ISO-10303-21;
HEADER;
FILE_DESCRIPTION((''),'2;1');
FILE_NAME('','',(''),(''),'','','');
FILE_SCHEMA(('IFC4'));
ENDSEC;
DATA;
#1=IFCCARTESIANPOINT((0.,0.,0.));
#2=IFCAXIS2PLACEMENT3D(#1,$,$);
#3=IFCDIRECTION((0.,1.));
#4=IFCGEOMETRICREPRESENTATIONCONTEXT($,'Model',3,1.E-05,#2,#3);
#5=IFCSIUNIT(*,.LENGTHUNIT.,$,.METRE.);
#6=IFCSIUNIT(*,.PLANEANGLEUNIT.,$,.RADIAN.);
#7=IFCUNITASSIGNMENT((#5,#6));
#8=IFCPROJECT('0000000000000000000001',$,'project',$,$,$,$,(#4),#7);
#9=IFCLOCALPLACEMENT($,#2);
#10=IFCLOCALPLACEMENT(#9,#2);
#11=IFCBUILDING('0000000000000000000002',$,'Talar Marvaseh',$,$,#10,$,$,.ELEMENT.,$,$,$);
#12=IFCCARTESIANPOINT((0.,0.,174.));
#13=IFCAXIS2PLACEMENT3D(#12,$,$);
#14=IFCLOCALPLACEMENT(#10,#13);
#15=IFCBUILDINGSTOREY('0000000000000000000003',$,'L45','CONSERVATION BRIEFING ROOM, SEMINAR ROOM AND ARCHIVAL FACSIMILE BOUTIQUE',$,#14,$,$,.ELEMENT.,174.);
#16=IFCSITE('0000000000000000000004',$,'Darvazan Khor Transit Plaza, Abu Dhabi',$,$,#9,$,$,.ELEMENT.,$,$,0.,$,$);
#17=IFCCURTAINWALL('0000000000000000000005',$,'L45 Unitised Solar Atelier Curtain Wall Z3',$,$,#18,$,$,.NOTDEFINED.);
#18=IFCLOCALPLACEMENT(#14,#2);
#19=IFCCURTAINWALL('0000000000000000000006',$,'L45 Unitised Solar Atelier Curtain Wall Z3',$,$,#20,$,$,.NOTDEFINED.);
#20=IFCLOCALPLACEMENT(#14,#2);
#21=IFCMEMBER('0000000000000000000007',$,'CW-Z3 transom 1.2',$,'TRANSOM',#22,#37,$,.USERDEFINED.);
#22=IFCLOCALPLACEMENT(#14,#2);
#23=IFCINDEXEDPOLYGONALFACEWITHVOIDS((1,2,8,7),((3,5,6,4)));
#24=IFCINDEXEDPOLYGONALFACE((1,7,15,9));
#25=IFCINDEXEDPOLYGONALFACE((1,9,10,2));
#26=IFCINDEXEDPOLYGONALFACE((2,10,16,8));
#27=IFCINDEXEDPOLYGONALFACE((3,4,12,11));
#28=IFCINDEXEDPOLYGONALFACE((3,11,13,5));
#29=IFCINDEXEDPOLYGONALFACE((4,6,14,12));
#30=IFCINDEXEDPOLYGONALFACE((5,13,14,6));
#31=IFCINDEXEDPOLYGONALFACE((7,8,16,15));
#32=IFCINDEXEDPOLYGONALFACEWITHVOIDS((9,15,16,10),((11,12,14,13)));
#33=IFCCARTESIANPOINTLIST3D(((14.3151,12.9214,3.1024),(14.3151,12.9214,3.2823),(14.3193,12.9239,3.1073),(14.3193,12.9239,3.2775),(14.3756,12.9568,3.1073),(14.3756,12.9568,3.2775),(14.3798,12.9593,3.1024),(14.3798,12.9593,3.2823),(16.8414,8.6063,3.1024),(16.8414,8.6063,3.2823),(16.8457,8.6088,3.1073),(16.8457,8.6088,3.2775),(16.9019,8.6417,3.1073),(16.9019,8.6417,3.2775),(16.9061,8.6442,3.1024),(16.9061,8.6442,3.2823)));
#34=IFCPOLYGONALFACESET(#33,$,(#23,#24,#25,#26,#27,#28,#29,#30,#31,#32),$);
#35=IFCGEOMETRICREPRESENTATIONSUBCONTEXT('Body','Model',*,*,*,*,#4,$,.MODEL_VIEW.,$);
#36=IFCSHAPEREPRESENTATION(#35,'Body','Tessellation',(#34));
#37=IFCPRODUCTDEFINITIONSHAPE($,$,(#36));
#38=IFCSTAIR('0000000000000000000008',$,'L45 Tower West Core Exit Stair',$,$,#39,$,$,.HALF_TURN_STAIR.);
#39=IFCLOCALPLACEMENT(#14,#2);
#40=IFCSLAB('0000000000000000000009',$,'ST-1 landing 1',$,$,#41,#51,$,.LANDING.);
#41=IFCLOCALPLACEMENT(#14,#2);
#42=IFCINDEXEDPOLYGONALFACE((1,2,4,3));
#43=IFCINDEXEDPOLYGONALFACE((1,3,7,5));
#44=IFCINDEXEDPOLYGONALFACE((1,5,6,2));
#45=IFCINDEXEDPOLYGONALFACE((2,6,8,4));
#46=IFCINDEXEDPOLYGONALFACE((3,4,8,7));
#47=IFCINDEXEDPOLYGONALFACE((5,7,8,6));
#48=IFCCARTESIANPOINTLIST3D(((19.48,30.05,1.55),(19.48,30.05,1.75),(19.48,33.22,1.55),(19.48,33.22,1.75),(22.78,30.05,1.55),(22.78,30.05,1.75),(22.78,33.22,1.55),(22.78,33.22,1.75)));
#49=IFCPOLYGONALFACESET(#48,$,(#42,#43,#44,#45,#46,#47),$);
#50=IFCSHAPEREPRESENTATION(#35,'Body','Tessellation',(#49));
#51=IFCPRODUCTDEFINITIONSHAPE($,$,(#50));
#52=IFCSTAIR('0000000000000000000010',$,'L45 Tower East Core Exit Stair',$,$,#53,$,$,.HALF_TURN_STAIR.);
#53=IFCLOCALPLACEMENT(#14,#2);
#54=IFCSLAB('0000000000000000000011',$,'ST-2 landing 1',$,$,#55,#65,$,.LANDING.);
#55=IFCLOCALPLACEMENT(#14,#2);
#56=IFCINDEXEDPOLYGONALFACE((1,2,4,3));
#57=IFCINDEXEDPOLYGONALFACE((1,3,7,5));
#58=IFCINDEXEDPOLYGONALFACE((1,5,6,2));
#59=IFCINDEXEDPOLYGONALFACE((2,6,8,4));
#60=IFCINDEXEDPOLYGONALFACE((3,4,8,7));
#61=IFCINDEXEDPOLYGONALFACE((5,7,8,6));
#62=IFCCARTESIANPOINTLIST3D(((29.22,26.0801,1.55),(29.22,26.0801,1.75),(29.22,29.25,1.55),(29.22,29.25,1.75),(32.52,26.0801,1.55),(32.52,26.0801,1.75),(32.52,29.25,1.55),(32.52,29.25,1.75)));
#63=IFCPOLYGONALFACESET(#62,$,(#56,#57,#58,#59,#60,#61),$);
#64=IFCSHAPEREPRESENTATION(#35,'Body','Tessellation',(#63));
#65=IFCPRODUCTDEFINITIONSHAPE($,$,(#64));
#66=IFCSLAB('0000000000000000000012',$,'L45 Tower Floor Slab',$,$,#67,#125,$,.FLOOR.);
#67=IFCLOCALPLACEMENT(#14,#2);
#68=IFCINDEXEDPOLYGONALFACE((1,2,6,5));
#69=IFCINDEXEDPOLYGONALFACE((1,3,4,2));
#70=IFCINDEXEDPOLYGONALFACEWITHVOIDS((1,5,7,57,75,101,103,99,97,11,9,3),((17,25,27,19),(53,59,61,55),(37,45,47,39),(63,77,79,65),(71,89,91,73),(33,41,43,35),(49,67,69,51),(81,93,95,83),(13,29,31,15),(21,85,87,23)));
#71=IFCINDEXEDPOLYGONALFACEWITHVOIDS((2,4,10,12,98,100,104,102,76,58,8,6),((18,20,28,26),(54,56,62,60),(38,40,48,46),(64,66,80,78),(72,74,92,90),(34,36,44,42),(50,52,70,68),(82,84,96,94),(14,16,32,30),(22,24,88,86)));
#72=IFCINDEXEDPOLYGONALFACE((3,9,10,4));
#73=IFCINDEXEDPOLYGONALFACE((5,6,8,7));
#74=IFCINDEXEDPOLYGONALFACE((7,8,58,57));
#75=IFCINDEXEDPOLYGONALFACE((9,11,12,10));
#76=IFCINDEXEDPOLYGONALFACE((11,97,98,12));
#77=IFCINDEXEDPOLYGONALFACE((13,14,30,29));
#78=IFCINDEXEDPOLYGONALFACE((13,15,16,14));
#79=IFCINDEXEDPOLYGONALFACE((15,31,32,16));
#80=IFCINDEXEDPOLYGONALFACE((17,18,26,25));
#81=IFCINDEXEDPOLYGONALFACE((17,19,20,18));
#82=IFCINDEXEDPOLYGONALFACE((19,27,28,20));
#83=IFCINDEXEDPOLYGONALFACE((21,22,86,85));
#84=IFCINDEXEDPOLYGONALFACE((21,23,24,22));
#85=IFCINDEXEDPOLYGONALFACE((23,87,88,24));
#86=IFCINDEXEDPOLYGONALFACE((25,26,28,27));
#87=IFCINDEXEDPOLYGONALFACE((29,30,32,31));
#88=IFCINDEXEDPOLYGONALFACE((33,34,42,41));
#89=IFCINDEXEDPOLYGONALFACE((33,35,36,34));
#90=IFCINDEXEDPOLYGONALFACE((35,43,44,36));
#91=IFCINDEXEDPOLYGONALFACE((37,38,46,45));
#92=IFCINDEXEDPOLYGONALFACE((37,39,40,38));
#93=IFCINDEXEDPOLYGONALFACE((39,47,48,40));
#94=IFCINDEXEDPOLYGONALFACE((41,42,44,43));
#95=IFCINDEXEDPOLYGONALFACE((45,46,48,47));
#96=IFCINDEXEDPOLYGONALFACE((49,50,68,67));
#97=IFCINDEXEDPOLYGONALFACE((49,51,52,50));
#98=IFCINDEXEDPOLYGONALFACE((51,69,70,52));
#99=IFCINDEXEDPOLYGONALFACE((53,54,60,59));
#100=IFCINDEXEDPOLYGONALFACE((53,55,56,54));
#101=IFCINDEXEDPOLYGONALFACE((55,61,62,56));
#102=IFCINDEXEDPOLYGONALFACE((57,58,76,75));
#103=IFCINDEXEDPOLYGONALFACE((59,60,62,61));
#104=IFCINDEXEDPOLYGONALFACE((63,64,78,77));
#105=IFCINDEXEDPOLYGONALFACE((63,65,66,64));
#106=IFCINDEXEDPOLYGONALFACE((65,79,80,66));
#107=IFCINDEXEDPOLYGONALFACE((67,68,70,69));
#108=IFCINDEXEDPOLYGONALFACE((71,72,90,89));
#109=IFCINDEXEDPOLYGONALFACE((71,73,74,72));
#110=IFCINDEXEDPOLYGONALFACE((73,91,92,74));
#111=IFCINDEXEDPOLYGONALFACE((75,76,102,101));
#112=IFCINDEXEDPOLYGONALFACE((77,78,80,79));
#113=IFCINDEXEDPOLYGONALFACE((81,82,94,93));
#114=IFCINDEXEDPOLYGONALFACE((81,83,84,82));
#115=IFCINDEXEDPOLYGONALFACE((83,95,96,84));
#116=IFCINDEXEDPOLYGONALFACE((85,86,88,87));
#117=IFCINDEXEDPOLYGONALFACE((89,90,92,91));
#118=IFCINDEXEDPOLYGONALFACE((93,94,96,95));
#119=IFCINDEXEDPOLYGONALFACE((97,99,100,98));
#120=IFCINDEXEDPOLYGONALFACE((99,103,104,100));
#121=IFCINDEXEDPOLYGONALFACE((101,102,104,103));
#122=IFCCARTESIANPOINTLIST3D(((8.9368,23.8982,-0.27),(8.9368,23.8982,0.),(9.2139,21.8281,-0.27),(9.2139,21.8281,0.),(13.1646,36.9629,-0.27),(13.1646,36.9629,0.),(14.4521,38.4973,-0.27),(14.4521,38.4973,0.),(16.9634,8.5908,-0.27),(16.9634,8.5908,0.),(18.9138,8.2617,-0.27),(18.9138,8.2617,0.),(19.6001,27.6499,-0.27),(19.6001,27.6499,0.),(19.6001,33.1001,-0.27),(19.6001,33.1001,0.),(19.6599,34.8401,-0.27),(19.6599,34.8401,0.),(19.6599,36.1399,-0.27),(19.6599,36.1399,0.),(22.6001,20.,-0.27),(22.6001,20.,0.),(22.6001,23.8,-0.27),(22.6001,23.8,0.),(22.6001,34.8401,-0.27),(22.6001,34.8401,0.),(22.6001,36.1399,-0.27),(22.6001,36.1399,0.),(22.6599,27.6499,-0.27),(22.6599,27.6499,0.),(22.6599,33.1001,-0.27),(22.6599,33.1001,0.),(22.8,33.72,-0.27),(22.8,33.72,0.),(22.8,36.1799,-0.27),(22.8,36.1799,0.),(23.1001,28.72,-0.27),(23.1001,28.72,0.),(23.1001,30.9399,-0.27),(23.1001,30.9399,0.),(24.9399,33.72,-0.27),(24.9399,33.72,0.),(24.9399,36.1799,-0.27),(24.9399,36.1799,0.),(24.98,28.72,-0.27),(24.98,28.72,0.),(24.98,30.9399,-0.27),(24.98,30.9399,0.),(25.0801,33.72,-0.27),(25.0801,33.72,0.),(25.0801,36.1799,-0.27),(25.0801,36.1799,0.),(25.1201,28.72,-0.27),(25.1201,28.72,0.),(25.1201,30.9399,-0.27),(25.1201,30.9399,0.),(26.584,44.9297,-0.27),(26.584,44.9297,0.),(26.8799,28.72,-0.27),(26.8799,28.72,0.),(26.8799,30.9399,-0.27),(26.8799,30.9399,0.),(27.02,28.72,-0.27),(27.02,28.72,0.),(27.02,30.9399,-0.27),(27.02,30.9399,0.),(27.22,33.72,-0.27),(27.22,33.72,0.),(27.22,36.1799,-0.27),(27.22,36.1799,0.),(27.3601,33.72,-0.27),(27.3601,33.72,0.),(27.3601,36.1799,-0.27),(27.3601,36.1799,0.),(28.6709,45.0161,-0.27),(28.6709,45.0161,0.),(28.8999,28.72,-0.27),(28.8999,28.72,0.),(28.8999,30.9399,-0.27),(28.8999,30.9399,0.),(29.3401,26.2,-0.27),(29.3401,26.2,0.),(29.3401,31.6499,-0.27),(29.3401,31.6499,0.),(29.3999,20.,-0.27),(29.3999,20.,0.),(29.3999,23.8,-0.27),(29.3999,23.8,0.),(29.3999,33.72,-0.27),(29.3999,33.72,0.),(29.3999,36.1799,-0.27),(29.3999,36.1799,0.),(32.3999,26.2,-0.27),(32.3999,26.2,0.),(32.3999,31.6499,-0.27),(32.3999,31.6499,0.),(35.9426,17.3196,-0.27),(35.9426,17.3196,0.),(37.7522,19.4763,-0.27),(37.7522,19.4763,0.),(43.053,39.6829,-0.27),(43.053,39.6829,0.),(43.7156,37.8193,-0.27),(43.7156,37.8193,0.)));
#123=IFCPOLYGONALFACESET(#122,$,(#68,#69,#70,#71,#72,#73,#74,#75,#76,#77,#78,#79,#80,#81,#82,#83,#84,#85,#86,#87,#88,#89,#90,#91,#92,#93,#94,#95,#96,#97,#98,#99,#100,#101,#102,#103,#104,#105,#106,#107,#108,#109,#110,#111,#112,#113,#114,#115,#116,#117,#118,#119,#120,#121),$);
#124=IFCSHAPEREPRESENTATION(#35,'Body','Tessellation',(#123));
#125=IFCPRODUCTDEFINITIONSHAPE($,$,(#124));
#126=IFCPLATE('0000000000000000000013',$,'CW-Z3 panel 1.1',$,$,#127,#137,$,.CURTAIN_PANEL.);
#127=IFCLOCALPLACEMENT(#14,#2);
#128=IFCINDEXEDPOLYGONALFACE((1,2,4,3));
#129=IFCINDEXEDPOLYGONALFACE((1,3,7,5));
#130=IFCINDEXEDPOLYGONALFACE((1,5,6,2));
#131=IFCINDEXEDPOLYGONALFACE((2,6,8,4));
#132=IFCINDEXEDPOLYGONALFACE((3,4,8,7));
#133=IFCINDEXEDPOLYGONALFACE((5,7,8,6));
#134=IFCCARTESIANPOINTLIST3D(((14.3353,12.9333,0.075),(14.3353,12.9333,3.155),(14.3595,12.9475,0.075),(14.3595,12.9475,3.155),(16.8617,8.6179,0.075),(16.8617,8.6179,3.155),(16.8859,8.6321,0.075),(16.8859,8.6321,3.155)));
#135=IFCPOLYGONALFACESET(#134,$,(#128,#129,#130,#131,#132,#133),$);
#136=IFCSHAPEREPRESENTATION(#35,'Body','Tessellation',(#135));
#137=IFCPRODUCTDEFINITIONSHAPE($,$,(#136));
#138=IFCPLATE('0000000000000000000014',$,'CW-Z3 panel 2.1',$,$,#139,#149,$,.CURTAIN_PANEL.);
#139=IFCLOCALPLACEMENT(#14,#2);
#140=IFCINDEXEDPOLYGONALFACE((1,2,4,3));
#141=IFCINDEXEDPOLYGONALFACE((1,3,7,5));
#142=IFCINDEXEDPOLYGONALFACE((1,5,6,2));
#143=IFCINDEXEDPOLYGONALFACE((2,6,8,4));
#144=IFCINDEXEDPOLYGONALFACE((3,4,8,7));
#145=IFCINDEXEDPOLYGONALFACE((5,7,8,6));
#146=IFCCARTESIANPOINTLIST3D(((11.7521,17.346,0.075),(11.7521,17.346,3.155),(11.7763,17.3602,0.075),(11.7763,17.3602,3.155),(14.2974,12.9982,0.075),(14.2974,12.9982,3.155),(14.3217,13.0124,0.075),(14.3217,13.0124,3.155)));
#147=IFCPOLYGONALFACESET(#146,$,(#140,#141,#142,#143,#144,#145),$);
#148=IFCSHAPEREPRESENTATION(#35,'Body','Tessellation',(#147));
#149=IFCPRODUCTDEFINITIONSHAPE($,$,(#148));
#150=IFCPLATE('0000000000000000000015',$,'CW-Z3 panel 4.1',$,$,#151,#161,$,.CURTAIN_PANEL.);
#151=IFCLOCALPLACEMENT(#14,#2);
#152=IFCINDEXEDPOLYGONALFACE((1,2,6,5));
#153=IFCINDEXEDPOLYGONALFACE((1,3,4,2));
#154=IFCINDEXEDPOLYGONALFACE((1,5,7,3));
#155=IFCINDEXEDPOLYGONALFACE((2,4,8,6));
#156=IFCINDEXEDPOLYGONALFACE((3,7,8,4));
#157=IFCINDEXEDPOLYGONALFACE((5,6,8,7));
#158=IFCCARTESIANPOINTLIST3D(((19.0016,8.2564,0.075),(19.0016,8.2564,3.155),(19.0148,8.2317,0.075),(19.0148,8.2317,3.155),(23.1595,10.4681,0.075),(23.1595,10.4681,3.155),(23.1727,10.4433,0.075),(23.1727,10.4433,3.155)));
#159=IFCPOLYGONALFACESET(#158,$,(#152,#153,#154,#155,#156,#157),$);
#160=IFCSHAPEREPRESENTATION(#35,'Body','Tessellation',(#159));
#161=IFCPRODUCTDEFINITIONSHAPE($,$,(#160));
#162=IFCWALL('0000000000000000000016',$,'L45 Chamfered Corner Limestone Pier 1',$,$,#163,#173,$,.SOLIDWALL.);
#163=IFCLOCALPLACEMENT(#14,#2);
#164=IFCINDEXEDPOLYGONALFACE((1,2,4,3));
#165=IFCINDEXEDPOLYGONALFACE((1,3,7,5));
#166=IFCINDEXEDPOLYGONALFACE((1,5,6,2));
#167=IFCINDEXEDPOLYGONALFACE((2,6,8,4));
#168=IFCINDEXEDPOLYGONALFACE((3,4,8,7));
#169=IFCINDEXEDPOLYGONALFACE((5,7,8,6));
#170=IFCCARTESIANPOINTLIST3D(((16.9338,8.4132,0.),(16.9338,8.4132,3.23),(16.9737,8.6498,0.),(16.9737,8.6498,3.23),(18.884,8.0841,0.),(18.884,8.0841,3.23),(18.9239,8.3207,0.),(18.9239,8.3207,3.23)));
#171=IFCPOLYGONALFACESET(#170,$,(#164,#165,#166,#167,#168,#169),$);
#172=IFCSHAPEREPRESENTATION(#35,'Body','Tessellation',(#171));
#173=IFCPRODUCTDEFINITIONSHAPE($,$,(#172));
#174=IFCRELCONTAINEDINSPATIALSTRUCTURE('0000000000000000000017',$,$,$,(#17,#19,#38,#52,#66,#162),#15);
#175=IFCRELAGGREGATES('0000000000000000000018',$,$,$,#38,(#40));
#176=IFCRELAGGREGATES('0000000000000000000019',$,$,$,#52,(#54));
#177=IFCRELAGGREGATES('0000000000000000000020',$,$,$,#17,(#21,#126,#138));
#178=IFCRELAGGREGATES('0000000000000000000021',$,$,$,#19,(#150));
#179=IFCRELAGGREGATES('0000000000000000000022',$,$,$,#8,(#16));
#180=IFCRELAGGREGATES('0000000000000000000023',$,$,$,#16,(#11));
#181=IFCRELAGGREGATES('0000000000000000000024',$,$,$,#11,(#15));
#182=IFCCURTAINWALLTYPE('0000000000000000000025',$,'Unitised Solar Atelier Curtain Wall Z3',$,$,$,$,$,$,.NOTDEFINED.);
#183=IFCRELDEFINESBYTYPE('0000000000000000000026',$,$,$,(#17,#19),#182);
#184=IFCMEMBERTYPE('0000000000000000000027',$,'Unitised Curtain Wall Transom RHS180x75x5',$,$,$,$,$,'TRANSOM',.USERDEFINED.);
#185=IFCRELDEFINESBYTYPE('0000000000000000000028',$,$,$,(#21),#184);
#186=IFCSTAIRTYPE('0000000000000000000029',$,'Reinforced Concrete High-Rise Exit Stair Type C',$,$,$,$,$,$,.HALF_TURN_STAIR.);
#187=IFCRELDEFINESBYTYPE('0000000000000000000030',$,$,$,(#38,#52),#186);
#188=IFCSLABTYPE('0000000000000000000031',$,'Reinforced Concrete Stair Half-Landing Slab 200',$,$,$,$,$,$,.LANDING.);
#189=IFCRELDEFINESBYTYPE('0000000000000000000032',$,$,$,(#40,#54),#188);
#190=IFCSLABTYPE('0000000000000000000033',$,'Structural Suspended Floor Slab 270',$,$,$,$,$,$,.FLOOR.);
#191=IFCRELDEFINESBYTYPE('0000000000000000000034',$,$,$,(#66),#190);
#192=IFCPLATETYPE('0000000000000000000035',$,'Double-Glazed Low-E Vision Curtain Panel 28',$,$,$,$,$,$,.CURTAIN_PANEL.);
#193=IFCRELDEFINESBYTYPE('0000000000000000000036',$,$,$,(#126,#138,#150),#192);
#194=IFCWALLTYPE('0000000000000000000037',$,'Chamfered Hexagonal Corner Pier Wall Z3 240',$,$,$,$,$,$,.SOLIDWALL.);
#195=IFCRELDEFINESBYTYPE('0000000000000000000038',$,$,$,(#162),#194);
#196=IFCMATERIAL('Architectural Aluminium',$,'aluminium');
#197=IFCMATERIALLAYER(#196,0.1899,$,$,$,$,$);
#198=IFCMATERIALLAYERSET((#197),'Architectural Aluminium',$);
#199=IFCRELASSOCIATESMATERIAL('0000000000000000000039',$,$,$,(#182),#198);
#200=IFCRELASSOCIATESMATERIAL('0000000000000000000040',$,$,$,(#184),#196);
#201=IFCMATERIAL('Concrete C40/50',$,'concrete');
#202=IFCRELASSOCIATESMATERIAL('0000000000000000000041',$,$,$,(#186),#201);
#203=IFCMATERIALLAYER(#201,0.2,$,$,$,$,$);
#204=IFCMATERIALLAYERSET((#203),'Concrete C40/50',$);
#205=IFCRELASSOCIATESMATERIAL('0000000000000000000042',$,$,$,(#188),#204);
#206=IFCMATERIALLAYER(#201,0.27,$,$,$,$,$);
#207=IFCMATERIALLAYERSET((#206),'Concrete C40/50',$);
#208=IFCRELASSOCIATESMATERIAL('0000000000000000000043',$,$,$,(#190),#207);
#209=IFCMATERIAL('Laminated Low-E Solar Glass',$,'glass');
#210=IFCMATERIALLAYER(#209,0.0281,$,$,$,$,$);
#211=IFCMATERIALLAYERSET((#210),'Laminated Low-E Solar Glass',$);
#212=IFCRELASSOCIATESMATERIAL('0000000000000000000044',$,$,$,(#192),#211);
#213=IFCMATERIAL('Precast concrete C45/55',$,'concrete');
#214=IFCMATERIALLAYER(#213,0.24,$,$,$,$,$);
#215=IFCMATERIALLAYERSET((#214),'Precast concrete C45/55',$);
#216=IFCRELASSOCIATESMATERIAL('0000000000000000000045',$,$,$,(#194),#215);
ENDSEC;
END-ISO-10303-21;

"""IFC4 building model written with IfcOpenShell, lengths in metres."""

from ifc_helpers import new_model, si_unit, direction, frame, frame_2d, origin, origin_2d, place, context, subcontext, project, spatial, polyline, rectangle, hollow_rectangle, outline, extrude, source, transform, mapped, material, layer, layer_set, material_profile, profile_set, type_object, type_shapes, element, aggregate, save


model = new_model("IFC4")

# Units and contexts
model_context = context("Model", 3, precision=1e-05, world=origin(), true_north=direction((0.0, 1.0)))
body_context = subcontext(model_context, "Body", "Model", "MODEL_VIEW")
ifc_project = project(units=[si_unit("LENGTHUNIT", "METRE"), si_unit("PLANEANGLEUNIT", "RADIAN")], contexts=[model_context])

# Site, building, storey
site_placement = place(None, origin())
site = spatial("IfcSite", under=ifc_project, at=site_placement, Name="Darvazan Khor Transit Plaza, Abu Dhabi", CompositionType="ELEMENT", RefElevation=0.0)
building_placement = place(site_placement, origin())
building = spatial("IfcBuilding", under=site, at=building_placement, Name="Talar Marvaseh", CompositionType="ELEMENT")
storey_placement = place(building_placement, frame((0.0, 0.0, 174.0)))
storey = spatial("IfcBuildingStorey", under=building, at=storey_placement, Name="L45", Description="CONSERVATION BRIEFING ROOM, SEMINAR ROOM AND ARCHIVAL FACSIMILE BOUTIQUE", CompositionType="ELEMENT", Elevation=174.0)

# Curtain wall
ifc_material_1 = material(Name="Architectural Aluminium", Category="aluminium")
ifc_layer_1 = layer(ifc_material_1, 0.1899)
ifc_layer_set_1 = layer_set([ifc_layer_1], Name="Architectural Aluminium")
curtain_wall_type = type_object("IfcCurtainWallType", Name="Unitised Solar Atelier Curtain Wall Z3", PredefinedType="NOTDEFINED", material=ifc_layer_set_1)
curtain_wall_1_placement = place(storey_placement, origin())
curtain_wall_1 = element("IfcCurtainWall", 1, at=curtain_wall_1_placement, inside=storey, type_object=curtain_wall_type, Name="L45 Unitised Solar Atelier Curtain Wall Z3", PredefinedType="NOTDEFINED")

# Curtain wall
curtain_wall_2_placement = place(storey_placement, origin())
curtain_wall_2 = element("IfcCurtainWall", 2, at=curtain_wall_2_placement, inside=storey, type_object=curtain_wall_type, Name="L45 Unitised Solar Atelier Curtain Wall Z3", PredefinedType="NOTDEFINED")

# Member
ifc_material_profile_1 = material_profile(ifc_material_1, hollow_rectangle(XDim=0.075, YDim=0.1799, WallThickness=0.0049, at=origin_2d()), Name="RHS180x75x5")
ifc_profile_set_1 = profile_set([ifc_material_profile_1], Name="Architectural Aluminium")
member_type_1 = type_object("IfcMemberType", Name="Unitised Curtain Wall Transom RHS180x75x5", ElementType="TRANSOM", PredefinedType="USERDEFINED", material=ifc_profile_set_1)
shared_shape_1 = source(origin(), body_context, "Body", "SweptSolid", [
    extrude(hollow_rectangle(XDim=0.075, YDim=0.1799, WallThickness=0.0049, at=origin_2d()), origin(), (0.0, 0.0, 1.0), 5.0002),
])
member_1_placement = place(storey_placement, frame((16.8738, 8.6252, 3.1924), z_axis=(-0.50524, 0.862979, 0.0), x_axis=(-0.862979, -0.50524, 0.0)))
member_1 = element("IfcMember", 3, at=member_1_placement, type_object=member_type_1, Name="CW-Z3 transom 1.2", ObjectType="TRANSOM", PredefinedType="USERDEFINED", context=body_context, shape_type="MappedRepresentation", body=[
    mapped(shared_shape_1, transform((0.0, 0.0, 0.0), x_axis=(1.0, 0.0, 0.0), y_axis=(0.0, 1.0, 0.0), z_axis=(0.0, 0.0, 1.0), scale=1.0)),
])

# Stairs, slabs
ifc_material_2 = material(Name="Concrete C40/50", Category="concrete")
stair_type = type_object("IfcStairType", Name="Reinforced Concrete High-Rise Exit Stair Type C", PredefinedType="HALF_TURN_STAIR", material=ifc_material_2)
stair_1_placement = place(storey_placement, origin())
stair_1 = element("IfcStair", 4, at=stair_1_placement, inside=storey, type_object=stair_type, Name="L45 Tower West Core Exit Stair", PredefinedType="HALF_TURN_STAIR")
ifc_layer_2 = layer(ifc_material_2, 0.2)
ifc_layer_set_2 = layer_set([ifc_layer_2], Name="Concrete C40/50")
slab_type_1 = type_object("IfcSlabType", Name="Reinforced Concrete Stair Half-Landing Slab 200", PredefinedType="LANDING", material=ifc_layer_set_2)
slab_1_placement = place(storey_placement, frame((0.0, 0.0, 1.55)))
slab_1 = element("IfcSlab", 5, at=slab_1_placement, type_object=slab_type_1, Name="ST-1 landing 1", PredefinedType="LANDING", context=body_context, shape_type="SweptSolid", body=[
    extrude(outline(polyline([(22.78, 30.05), (22.78, 33.22), (19.48, 33.22), (19.48, 30.05), (22.78, 30.05)])), origin(), (0.0, 0.0, 1.0), 0.2),
])
aggregate(stair_1, [slab_1])
stair_2_placement = place(storey_placement, origin())
stair_2 = element("IfcStair", 6, at=stair_2_placement, inside=storey, type_object=stair_type, Name="L45 Tower East Core Exit Stair", PredefinedType="HALF_TURN_STAIR")
slab_2_placement = place(storey_placement, frame((0.0, 0.0, 1.55)))
slab_2 = element("IfcSlab", 7, at=slab_2_placement, type_object=slab_type_1, Name="ST-2 landing 1", PredefinedType="LANDING", context=body_context, shape_type="SweptSolid", body=[
    extrude(outline(polyline([(29.22, 29.25), (29.22, 26.0801), (32.52, 26.0801), (32.52, 29.25), (29.22, 29.25)])), origin(), (0.0, 0.0, 1.0), 0.2),
])
aggregate(stair_2, [slab_2])

# Slab
ifc_layer_3 = layer(ifc_material_2, 0.27)
ifc_layer_set_3 = layer_set([ifc_layer_3], Name="Concrete C40/50")
slab_type_2 = type_object("IfcSlabType", Name="Structural Suspended Floor Slab 270", PredefinedType="FLOOR", material=ifc_layer_set_3)
slab_3_placement = place(storey_placement, frame((0.0, 0.0, -0.27)))
element("IfcSlab", 8, at=slab_3_placement, inside=storey, type_object=slab_type_2, Name="L45 Tower Floor Slab", PredefinedType="FLOOR", context=body_context, shape_type="SweptSolid", body=[
    extrude(outline(polyline([(18.9138, 8.2617), (16.9634, 8.5908), (9.2139, 21.8281), (8.9368, 23.8982), (13.1646, 36.9629), (14.4521, 38.4973), (26.584, 44.9297), (28.6709, 45.0161), (43.053, 39.6829), (43.7156, 37.8193), (37.7522, 19.4763), (35.9426, 17.3196), (18.9138, 8.2617)]), holes=[polyline([(22.6599, 27.6499), (22.6599, 33.1001), (19.6001, 33.1001), (19.6001, 27.6499), (22.6599, 27.6499)]), polyline([(29.3401, 31.6499), (29.3401, 26.2), (32.3999, 26.2), (32.3999, 31.6499), (29.3401, 31.6499)]), polyline([(22.8, 33.72), (24.9399, 33.72), (24.9399, 36.1799), (22.8, 36.1799), (22.8, 33.72)]), polyline([(25.0801, 33.72), (27.22, 33.72), (27.22, 36.1799), (25.0801, 36.1799), (25.0801, 33.72)]), polyline([(27.3601, 33.72), (29.3999, 33.72), (29.3999, 36.1799), (27.3601, 36.1799), (27.3601, 33.72)]), polyline([(23.1001, 28.72), (24.98, 28.72), (24.98, 30.9399), (23.1001, 30.9399), (23.1001, 28.72)]), polyline([(25.1201, 28.72), (26.8799, 28.72), (26.8799, 30.9399), (25.1201, 30.9399), (25.1201, 28.72)]), polyline([(27.02, 28.72), (28.8999, 28.72), (28.8999, 30.9399), (27.02, 30.9399), (27.02, 28.72)]), polyline([(19.6599, 34.8401), (22.6001, 34.8401), (22.6001, 36.1399), (19.6599, 36.1399), (19.6599, 34.8401)]), polyline([(22.6001, 20.0), (29.3999, 20.0), (29.3999, 23.8), (22.6001, 23.8), (22.6001, 20.0)])]), origin(), (0.0, 0.0, 1.0), 0.27),
])

# Plates
ifc_material_3 = material(Name="Laminated Low-E Solar Glass", Category="glass")
ifc_layer_4 = layer(ifc_material_3, 0.0281)
ifc_layer_set_4 = layer_set([ifc_layer_4], Name="Laminated Low-E Solar Glass")
plate_type = type_object("IfcPlateType", Name="Double-Glazed Low-E Vision Curtain Panel 28", PredefinedType="CURTAIN_PANEL", material=ifc_layer_set_4)
shared_shape_2 = source(origin(), body_context, "Body", "SweptSolid", [
    extrude(rectangle(XDim=5.0005, YDim=0.0281, at=origin_2d()), origin(), (0.0, 0.0, 1.0), 3.0801),
])
plate_1_placement = place(storey_placement, frame((15.6106, 10.7827, 0.075), z_axis=(0.0, 0.0, 1.0), x_axis=(-0.505227, 0.862987, 0.0)))
plate_1 = element("IfcPlate", 9, at=plate_1_placement, type_object=plate_type, Name="CW-Z3 panel 1.1", PredefinedType="CURTAIN_PANEL", context=body_context, shape_type="MappedRepresentation", body=[
    mapped(shared_shape_2, transform((0.0, 0.0, 0.0), x_axis=(1.0, 0.0, 0.0), y_axis=(0.0, 1.0, 0.0), z_axis=(0.0, 0.0, 1.0), scale=1.0)),
])
shared_shape_3 = source(origin(), body_context, "Body", "SweptSolid", [
    extrude(rectangle(XDim=5.0381, YDim=0.0281, at=origin_2d()), origin(), (0.0, 0.0, 1.0), 3.0801),
])
plate_2_placement = place(storey_placement, frame((13.0369, 15.1792, 0.075), z_axis=(0.0, 0.0, 1.0), x_axis=(-0.505227, 0.862987, 0.0)))
plate_2 = element("IfcPlate", 10, at=plate_2_placement, type_object=plate_type, Name="CW-Z3 panel 2.1", PredefinedType="CURTAIN_PANEL", context=body_context, shape_type="MappedRepresentation", body=[
    mapped(shared_shape_3, transform((0.0, 0.0, 0.0), x_axis=(1.0, 0.0, 0.0), y_axis=(0.0, 1.0, 0.0), z_axis=(0.0, 0.0, 1.0), scale=1.0)),
])
aggregate(curtain_wall_1, [member_1, plate_1, plate_2])
shared_shape_4 = source(origin(), body_context, "Body", "SweptSolid", [
    extrude(rectangle(XDim=4.7095, YDim=0.0281, at=origin_2d()), origin(), (0.0, 0.0, 1.0), 3.0801),
])
type_shapes(plate_type, [shared_shape_2, shared_shape_3, shared_shape_4])
plate_3_placement = place(storey_placement, frame((21.0872, 9.3499, 0.075), z_axis=(0.0, 0.0, 1.0), x_axis=(-0.882874, -0.46961, 0.0)))
plate_3 = element("IfcPlate", 11, at=plate_3_placement, type_object=plate_type, Name="CW-Z3 panel 4.1", PredefinedType="CURTAIN_PANEL", context=body_context, shape_type="MappedRepresentation", body=[
    mapped(shared_shape_4, transform((0.0, 0.0, 0.0), x_axis=(1.0, 0.0, 0.0), y_axis=(0.0, 1.0, 0.0), z_axis=(0.0, 0.0, 1.0), scale=1.0)),
])
aggregate(curtain_wall_2, [plate_3])

# Wall
ifc_material_4 = material(Name="Precast concrete C45/55", Category="concrete")
ifc_layer_5 = layer(ifc_material_4, 0.24)
ifc_layer_set_5 = layer_set([ifc_layer_5], Name="Precast concrete C45/55")
wall_type = type_object("IfcWallType", Name="Chamfered Hexagonal Corner Pier Wall Z3 240", PredefinedType="SOLIDWALL", material=ifc_layer_set_5)
wall_placement = place(storey_placement, frame((18.9038, 8.2024, 0.0), z_axis=(0.0, 0.0, 1.0), x_axis=(-0.986058, 0.1664, 0.0)))
element("IfcWall", 12, at=wall_placement, inside=storey, type_object=wall_type, Name="L45 Chamfered Corner Limestone Pier 1", PredefinedType="SOLIDWALL", context=body_context, shape_type="SweptSolid", body=[
    extrude(rectangle(XDim=1.9778, YDim=0.24, at=frame_2d((0.9888, 0.0))), origin(), (0.0, 0.0, 1.0), 3.23),
])

save(model, "model.ifc")
